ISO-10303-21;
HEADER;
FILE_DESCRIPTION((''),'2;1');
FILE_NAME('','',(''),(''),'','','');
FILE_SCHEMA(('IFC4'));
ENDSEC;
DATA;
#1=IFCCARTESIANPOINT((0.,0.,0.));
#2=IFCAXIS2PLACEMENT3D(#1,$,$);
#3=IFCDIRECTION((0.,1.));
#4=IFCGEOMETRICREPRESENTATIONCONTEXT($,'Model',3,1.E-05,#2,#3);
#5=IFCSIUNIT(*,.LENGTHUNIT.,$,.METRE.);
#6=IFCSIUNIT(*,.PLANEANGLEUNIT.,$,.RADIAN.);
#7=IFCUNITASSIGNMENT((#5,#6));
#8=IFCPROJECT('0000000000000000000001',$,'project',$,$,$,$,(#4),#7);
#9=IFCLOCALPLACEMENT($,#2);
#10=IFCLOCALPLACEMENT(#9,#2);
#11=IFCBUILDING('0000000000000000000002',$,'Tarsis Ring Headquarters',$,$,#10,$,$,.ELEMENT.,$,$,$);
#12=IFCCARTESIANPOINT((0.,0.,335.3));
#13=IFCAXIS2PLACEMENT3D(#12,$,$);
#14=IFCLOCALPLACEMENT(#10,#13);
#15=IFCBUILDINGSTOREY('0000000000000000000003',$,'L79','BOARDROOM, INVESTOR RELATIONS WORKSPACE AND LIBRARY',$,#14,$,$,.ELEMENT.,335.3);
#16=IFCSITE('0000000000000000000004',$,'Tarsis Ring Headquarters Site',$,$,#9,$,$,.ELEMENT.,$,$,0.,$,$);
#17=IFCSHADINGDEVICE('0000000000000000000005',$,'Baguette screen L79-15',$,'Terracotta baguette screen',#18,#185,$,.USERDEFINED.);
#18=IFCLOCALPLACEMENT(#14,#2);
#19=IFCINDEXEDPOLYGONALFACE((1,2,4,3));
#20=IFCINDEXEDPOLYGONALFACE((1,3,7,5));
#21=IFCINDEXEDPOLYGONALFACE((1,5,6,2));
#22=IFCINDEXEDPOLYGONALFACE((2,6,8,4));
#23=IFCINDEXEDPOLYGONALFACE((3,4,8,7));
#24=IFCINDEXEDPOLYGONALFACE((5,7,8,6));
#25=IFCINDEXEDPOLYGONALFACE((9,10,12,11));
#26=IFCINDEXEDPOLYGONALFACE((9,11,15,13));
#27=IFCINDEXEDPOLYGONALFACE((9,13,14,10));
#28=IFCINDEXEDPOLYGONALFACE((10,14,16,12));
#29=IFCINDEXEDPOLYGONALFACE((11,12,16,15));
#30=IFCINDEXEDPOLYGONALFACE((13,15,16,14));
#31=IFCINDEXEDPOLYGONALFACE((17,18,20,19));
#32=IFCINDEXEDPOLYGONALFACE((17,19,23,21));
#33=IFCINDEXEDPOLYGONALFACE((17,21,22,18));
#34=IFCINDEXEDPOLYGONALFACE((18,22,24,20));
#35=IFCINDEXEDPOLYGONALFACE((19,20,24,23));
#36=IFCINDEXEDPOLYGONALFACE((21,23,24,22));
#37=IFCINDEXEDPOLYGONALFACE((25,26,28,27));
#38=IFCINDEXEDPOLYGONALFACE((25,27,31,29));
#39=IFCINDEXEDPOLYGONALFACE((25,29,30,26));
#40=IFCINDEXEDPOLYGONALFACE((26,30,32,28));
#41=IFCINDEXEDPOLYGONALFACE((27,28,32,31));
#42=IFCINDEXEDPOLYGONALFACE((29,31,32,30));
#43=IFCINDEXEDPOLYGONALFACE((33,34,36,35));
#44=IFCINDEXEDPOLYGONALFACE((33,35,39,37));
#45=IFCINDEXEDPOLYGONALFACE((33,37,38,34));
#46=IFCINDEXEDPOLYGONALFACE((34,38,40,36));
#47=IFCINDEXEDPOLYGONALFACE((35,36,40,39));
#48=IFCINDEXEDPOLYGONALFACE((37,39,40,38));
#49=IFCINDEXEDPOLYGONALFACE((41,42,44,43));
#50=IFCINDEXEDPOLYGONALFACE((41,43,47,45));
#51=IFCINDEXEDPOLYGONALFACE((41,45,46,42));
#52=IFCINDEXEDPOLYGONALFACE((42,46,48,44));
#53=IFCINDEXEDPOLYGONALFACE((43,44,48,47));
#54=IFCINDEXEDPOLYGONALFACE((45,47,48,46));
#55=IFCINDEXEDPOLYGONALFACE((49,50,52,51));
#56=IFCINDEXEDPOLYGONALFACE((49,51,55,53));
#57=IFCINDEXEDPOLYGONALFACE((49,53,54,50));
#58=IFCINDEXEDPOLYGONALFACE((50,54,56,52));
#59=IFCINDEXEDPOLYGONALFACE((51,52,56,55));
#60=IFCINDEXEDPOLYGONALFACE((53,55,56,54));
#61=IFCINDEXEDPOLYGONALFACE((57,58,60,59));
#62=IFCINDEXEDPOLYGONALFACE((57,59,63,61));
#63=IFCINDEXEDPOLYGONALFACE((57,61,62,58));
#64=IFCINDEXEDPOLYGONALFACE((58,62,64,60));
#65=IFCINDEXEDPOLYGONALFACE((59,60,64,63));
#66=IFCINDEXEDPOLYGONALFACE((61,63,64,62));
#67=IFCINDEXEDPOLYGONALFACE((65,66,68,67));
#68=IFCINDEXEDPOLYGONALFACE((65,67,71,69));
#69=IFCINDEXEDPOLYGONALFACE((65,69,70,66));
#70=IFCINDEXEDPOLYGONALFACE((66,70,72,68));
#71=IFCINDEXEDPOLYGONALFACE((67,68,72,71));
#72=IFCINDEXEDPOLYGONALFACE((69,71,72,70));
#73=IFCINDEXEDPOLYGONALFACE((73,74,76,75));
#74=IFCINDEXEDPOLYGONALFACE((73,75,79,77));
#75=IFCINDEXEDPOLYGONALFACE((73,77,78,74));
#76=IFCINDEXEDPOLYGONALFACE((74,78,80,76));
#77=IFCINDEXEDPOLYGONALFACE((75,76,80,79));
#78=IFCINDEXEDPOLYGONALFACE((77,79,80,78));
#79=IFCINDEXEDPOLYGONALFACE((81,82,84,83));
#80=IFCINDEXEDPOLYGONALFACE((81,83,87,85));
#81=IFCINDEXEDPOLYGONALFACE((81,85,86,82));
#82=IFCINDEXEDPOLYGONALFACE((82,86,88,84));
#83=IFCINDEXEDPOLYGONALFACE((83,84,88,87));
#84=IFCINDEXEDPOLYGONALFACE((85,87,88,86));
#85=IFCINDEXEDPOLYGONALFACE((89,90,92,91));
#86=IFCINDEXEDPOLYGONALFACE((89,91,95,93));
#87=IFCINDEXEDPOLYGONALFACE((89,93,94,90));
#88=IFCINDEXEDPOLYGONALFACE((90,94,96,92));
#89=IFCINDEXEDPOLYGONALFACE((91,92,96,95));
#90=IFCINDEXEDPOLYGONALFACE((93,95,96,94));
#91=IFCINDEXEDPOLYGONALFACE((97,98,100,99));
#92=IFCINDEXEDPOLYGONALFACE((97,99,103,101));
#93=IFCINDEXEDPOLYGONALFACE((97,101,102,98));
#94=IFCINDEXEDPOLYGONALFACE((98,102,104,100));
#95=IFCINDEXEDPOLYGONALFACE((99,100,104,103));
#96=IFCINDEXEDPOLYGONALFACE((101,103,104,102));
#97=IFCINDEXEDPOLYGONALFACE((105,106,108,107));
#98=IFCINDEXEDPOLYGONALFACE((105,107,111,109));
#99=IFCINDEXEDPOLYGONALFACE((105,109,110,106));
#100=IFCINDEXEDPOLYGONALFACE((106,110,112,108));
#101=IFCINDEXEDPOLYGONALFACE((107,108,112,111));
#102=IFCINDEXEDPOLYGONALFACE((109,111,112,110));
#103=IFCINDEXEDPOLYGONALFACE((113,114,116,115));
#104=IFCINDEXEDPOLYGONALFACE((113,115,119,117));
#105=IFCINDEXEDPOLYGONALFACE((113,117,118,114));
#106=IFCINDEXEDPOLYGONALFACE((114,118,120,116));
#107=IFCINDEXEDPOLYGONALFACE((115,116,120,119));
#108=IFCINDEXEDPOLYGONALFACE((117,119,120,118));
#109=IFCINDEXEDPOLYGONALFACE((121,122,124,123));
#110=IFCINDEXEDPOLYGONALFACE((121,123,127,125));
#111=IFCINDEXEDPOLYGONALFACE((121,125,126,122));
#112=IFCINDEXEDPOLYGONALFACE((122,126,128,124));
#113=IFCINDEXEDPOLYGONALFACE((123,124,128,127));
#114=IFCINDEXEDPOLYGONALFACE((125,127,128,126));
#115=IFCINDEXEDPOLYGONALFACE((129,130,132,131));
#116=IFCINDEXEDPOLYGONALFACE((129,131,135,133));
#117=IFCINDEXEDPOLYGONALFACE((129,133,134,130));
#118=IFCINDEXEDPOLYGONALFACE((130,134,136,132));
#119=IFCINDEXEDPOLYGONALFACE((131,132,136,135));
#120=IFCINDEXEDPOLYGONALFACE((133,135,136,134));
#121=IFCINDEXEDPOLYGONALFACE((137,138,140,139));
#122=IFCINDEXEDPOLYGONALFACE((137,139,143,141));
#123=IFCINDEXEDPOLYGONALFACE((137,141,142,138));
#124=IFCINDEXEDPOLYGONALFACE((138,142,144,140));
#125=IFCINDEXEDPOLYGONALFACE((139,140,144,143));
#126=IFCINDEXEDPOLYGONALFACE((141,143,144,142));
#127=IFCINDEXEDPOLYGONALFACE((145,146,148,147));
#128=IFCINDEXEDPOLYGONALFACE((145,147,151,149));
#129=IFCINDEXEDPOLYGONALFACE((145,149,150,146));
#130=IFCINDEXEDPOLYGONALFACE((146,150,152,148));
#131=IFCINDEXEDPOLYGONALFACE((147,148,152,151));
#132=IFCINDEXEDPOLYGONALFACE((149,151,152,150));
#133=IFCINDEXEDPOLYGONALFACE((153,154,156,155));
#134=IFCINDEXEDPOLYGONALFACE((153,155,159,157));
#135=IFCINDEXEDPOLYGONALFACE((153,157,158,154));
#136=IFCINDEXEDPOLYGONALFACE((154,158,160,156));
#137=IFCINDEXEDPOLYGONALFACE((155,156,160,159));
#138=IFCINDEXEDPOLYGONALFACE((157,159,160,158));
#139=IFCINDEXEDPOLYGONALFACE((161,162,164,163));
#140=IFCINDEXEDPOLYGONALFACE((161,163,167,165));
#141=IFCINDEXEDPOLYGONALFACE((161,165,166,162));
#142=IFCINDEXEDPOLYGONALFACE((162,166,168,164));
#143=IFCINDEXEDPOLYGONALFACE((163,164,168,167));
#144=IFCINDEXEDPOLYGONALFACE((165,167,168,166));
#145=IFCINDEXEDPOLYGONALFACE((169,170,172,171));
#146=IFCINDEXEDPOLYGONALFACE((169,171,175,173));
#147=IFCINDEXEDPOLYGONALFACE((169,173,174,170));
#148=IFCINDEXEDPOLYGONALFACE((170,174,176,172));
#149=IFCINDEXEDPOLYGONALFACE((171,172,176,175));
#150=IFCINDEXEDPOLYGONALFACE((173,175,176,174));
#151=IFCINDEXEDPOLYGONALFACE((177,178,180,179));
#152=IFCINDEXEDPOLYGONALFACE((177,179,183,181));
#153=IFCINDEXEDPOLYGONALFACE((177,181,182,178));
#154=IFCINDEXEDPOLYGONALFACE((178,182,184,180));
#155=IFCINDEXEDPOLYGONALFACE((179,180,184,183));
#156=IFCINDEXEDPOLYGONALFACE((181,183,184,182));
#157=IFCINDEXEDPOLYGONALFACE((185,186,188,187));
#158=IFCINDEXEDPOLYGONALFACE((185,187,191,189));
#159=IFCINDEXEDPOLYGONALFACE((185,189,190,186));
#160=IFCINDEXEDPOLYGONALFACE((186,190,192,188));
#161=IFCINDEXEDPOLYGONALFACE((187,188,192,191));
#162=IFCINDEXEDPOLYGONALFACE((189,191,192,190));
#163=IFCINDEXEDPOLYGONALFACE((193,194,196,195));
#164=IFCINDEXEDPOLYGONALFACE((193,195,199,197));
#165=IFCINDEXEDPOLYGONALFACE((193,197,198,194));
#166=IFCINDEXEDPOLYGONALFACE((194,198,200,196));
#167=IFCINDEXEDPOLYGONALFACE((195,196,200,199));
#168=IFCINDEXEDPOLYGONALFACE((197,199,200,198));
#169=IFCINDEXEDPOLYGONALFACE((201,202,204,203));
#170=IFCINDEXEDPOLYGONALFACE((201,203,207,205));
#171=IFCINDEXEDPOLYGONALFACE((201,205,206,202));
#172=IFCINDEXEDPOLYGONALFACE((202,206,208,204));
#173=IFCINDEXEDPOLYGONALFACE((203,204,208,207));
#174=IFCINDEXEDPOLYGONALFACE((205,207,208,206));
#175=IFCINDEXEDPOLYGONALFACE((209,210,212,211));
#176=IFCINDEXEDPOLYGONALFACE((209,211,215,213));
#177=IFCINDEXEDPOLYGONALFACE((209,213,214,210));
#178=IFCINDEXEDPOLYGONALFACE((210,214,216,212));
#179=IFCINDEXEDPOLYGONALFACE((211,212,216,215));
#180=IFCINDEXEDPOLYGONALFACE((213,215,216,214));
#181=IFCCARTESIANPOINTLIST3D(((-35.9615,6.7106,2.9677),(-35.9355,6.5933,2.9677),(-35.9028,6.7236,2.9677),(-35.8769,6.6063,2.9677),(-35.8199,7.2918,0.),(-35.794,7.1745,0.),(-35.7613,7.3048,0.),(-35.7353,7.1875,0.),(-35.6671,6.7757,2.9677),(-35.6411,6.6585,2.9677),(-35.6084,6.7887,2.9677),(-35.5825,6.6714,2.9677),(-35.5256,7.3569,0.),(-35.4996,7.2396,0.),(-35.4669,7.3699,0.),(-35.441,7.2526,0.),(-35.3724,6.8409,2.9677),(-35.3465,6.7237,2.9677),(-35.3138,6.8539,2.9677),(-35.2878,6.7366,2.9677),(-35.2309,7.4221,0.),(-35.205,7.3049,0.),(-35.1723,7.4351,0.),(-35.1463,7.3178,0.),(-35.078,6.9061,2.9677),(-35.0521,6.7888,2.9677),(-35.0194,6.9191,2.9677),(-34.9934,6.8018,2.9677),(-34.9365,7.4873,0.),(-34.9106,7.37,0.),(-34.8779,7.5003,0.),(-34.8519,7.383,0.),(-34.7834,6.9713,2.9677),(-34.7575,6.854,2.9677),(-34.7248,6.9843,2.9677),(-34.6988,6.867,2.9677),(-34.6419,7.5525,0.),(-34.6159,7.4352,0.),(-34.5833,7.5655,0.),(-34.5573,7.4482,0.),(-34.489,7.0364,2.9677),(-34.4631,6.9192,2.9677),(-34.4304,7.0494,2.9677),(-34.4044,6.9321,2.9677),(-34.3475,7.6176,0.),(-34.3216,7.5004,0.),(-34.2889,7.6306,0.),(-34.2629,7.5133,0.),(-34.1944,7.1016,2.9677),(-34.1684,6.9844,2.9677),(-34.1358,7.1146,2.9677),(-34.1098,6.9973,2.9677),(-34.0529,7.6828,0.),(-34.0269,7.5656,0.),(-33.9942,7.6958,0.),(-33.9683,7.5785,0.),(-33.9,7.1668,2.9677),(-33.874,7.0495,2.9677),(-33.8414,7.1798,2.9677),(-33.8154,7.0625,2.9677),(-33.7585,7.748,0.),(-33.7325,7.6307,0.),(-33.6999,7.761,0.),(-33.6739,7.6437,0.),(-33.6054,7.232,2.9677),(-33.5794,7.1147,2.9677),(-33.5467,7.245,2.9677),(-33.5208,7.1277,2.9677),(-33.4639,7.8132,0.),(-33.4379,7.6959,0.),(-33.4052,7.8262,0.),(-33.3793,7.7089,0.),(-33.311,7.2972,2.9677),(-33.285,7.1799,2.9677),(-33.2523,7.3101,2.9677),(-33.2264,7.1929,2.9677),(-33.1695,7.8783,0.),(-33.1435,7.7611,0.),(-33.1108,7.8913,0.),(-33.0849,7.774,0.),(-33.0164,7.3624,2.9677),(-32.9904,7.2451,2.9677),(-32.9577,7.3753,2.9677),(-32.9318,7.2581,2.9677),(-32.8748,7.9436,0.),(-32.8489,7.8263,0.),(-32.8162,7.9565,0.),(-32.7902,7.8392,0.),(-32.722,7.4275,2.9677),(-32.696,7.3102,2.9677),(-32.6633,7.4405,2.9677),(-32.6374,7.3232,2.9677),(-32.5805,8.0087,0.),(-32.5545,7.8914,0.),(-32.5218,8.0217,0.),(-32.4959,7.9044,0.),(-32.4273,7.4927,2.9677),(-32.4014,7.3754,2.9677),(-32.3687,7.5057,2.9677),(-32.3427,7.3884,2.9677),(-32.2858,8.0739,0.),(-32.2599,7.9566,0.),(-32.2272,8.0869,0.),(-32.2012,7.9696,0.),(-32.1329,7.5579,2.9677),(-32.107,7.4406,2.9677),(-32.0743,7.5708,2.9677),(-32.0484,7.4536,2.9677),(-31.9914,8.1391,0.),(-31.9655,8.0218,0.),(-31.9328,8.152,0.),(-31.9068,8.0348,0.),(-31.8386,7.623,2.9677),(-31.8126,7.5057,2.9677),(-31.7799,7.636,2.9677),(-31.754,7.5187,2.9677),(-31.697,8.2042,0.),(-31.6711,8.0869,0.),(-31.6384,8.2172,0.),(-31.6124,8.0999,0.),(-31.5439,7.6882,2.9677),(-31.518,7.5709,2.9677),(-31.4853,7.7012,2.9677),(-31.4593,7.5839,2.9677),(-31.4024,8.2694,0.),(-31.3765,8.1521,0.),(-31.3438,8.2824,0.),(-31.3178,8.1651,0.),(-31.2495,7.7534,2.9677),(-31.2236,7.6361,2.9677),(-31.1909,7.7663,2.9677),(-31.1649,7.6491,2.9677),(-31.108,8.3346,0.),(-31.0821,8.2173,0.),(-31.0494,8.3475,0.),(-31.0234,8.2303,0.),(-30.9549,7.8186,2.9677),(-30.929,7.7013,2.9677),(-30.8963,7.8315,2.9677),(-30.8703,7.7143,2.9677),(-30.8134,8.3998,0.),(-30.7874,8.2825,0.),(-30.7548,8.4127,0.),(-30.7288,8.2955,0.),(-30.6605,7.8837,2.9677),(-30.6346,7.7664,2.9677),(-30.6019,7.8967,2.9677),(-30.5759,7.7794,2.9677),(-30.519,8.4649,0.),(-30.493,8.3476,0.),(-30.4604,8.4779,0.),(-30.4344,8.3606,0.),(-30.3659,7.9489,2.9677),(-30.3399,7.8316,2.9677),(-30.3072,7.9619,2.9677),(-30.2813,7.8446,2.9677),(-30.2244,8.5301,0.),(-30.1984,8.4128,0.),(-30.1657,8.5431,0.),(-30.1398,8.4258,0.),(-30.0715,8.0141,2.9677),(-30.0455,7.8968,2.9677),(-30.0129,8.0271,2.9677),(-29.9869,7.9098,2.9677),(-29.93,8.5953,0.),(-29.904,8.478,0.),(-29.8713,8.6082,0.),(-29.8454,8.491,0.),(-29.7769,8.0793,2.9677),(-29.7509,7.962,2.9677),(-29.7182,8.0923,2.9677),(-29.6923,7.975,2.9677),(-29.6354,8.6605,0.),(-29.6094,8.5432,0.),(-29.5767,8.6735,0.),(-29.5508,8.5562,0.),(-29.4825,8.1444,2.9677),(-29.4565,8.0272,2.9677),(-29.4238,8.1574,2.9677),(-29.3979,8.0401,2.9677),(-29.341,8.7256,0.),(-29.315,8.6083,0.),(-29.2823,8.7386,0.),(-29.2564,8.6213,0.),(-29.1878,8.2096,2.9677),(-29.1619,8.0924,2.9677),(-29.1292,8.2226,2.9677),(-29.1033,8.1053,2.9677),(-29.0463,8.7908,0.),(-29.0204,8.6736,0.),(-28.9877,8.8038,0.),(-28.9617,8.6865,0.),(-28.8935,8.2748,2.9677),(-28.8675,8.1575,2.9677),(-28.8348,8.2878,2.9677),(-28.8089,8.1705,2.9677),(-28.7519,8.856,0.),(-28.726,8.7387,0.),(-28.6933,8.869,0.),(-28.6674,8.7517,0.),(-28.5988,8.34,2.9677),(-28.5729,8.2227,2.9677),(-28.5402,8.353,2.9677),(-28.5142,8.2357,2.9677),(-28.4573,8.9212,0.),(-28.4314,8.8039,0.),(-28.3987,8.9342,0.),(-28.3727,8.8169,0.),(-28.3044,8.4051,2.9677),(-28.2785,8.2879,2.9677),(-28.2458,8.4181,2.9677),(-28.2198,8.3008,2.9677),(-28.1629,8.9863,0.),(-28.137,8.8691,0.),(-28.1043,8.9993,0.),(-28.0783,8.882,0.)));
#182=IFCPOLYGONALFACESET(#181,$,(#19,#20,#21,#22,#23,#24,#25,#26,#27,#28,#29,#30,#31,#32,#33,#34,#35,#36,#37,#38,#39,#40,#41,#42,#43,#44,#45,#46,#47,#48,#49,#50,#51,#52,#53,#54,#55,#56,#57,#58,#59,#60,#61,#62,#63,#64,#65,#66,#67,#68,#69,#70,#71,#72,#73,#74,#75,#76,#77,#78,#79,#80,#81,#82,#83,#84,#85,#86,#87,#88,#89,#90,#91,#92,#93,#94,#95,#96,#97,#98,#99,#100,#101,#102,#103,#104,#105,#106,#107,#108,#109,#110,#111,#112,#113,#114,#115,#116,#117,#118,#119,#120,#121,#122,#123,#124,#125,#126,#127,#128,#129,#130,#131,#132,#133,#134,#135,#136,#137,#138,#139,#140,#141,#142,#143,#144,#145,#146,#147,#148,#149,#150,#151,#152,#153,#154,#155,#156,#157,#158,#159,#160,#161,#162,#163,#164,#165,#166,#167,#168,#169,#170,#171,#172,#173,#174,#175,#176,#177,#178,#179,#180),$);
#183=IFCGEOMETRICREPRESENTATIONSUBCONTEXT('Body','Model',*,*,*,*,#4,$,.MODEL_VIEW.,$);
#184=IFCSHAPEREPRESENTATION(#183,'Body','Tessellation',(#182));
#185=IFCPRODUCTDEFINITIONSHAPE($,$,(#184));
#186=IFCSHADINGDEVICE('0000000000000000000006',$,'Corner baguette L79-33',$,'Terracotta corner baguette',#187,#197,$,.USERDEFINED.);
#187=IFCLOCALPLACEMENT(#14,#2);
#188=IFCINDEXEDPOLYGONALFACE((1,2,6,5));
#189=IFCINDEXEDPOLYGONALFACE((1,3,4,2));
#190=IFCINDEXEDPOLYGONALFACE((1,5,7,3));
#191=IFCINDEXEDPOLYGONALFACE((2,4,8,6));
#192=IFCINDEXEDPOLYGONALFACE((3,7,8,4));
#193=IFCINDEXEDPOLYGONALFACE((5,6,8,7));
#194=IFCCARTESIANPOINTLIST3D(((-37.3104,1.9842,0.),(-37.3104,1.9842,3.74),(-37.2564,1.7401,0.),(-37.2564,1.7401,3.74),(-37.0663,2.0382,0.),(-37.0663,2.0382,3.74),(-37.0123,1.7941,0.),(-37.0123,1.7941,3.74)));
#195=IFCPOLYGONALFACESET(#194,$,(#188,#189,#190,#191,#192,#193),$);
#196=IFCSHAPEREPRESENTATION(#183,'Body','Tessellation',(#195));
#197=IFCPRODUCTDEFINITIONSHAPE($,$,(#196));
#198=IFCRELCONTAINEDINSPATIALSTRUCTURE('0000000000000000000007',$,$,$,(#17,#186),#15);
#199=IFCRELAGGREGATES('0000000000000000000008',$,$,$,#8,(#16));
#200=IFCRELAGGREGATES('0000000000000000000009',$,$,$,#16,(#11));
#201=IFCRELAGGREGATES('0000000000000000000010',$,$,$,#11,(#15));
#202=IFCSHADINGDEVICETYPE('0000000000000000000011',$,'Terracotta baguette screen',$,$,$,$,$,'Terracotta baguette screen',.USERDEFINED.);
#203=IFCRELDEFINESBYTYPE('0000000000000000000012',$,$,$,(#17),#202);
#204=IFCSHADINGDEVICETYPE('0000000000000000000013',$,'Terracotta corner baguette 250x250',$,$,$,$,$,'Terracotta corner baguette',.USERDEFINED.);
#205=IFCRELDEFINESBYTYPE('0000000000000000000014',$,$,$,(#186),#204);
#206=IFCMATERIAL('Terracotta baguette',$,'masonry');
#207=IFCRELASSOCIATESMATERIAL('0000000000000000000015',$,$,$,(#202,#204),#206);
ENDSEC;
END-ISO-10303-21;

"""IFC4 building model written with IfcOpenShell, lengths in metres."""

from ifc_helpers import new_model, si_unit, direction, frame, frame_2d, origin, origin_2d, place, context, subcontext, project, spatial, rectangle, composite_profile, extrude, material, type_object, element, save


model = new_model("IFC4")

# Units and contexts
model_context = context("Model", 3, precision=1e-05, world=origin(), true_north=direction((0.0, 1.0)))
body_context = subcontext(model_context, "Body", "Model", "MODEL_VIEW")
ifc_project = project(units=[si_unit("LENGTHUNIT", "METRE"), si_unit("PLANEANGLEUNIT", "RADIAN")], contexts=[model_context])

# Site, building, storey
site_placement = place(None, origin())
site = spatial("IfcSite", under=ifc_project, at=site_placement, Name="Tarsis Ring Headquarters Site", CompositionType="ELEMENT", RefElevation=0.0)
building_placement = place(site_placement, origin())
building = spatial("IfcBuilding", under=site, at=building_placement, Name="Tarsis Ring Headquarters", CompositionType="ELEMENT")
storey_placement = place(building_placement, frame((0.0, 0.0, 335.3)))
storey = spatial("IfcBuildingStorey", under=building, at=storey_placement, Name="L79", Description="BOARDROOM, INVESTOR RELATIONS WORKSPACE AND LIBRARY", CompositionType="ELEMENT", Elevation=335.3)

# Shading devices
ifc_material_1 = material(Name="Terracotta baguette", Category="masonry")
shading_device_type_1 = type_object("IfcShadingDeviceType", Name="Terracotta baguette screen", ElementType="Terracotta baguette screen", PredefinedType="USERDEFINED", material=ifc_material_1)
shading_device_1_placement = place(storey_placement, frame((-28.0913, 8.9407, 0.0), z_axis=(0.0, 0.0, 1.0), x_axis=(-0.976366, -0.216078, 0.0)))
element("IfcShadingDevice", 1, at=shading_device_1_placement, inside=storey, type_object=shading_device_type_1, Name="Baguette screen L79-15", ObjectType="Terracotta baguette screen", PredefinedType="USERDEFINED", context=body_context, shape_type="SweptSolid", body=[
    extrude(composite_profile([rectangle(XDim=0.0601, YDim=0.1201, at=frame_2d((0.03, 0.0))), rectangle(XDim=0.0601, YDim=0.1201, at=frame_2d((0.3315, 0.0))), rectangle(XDim=0.0601, YDim=0.1201, at=frame_2d((0.6333, 0.0))), rectangle(XDim=0.0601, YDim=0.1201, at=frame_2d((0.9348, 0.0))), rectangle(XDim=0.0601, YDim=0.1201, at=frame_2d((1.2366, 0.0))), rectangle(XDim=0.0601, YDim=0.1201, at=frame_2d((1.5381, 0.0))), rectangle(XDim=0.0601, YDim=0.1201, at=frame_2d((1.8398, 0.0))), rectangle(XDim=0.0601, YDim=0.1201, at=frame_2d((2.1414, 0.0))), rectangle(XDim=0.0601, YDim=0.1201, at=frame_2d((2.4431, 0.0))), rectangle(XDim=0.0601, YDim=0.1201, at=frame_2d((2.7446, 0.0))), rectangle(XDim=0.0601, YDim=0.1201, at=frame_2d((3.0464, 0.0))), rectangle(XDim=0.0601, YDim=0.1201, at=frame_2d((3.3479, 0.0))), rectangle(XDim=0.0601, YDim=0.1201, at=frame_2d((3.6497, 0.0))), rectangle(XDim=0.0601, YDim=0.1201, at=frame_2d((3.9512, 0.0))), rectangle(XDim=0.0601, YDim=0.1201, at=frame_2d((4.2527, 0.0))), rectangle(XDim=0.0601, YDim=0.1201, at=frame_2d((4.5544, 0.0))), rectangle(XDim=0.0601, YDim=0.1201, at=frame_2d((4.856, 0.0))), rectangle(XDim=0.0601, YDim=0.1201, at=frame_2d((5.1577, 0.0))), rectangle(XDim=0.0601, YDim=0.1201, at=frame_2d((5.4592, 0.0))), rectangle(XDim=0.0601, YDim=0.1201, at=frame_2d((5.761, 0.0))), rectangle(XDim=0.0601, YDim=0.1201, at=frame_2d((6.0625, 0.0))), rectangle(XDim=0.0601, YDim=0.1201, at=frame_2d((6.3643, 0.0))), rectangle(XDim=0.0601, YDim=0.1201, at=frame_2d((6.6658, 0.0))), rectangle(XDim=0.0601, YDim=0.1201, at=frame_2d((6.9675, 0.0))), rectangle(XDim=0.0601, YDim=0.1201, at=frame_2d((7.269, 0.0))), rectangle(XDim=0.0601, YDim=0.1201, at=frame_2d((7.5708, 0.0))), rectangle(XDim=0.0601, YDim=0.1201, at=frame_2d((7.8723, 0.0)))]), origin(), (0.087123, 0.177346, 0.980285), 3.0273),
])
shading_device_type_2 = type_object("IfcShadingDeviceType", Name="Terracotta corner baguette 250x250", ElementType="Terracotta corner baguette", PredefinedType="USERDEFINED", material=ifc_material_1)
shading_device_2_placement = place(storey_placement, frame((-37.1614, 1.8892, 0.0), z_axis=(0.0, 0.0, 1.0), x_axis=(0.216099, -0.976371, 0.0)))
element("IfcShadingDevice", 2, at=shading_device_2_placement, inside=storey, type_object=shading_device_type_2, Name="Corner baguette L79-33", ObjectType="Terracotta corner baguette", PredefinedType="USERDEFINED", context=body_context, shape_type="SweptSolid", body=[
    extrude(rectangle(XDim=0.25, YDim=0.25, at=origin_2d()), origin(), (0.0, 0.0, 1.0), 3.74),
])

save(model, "model.ifc")
